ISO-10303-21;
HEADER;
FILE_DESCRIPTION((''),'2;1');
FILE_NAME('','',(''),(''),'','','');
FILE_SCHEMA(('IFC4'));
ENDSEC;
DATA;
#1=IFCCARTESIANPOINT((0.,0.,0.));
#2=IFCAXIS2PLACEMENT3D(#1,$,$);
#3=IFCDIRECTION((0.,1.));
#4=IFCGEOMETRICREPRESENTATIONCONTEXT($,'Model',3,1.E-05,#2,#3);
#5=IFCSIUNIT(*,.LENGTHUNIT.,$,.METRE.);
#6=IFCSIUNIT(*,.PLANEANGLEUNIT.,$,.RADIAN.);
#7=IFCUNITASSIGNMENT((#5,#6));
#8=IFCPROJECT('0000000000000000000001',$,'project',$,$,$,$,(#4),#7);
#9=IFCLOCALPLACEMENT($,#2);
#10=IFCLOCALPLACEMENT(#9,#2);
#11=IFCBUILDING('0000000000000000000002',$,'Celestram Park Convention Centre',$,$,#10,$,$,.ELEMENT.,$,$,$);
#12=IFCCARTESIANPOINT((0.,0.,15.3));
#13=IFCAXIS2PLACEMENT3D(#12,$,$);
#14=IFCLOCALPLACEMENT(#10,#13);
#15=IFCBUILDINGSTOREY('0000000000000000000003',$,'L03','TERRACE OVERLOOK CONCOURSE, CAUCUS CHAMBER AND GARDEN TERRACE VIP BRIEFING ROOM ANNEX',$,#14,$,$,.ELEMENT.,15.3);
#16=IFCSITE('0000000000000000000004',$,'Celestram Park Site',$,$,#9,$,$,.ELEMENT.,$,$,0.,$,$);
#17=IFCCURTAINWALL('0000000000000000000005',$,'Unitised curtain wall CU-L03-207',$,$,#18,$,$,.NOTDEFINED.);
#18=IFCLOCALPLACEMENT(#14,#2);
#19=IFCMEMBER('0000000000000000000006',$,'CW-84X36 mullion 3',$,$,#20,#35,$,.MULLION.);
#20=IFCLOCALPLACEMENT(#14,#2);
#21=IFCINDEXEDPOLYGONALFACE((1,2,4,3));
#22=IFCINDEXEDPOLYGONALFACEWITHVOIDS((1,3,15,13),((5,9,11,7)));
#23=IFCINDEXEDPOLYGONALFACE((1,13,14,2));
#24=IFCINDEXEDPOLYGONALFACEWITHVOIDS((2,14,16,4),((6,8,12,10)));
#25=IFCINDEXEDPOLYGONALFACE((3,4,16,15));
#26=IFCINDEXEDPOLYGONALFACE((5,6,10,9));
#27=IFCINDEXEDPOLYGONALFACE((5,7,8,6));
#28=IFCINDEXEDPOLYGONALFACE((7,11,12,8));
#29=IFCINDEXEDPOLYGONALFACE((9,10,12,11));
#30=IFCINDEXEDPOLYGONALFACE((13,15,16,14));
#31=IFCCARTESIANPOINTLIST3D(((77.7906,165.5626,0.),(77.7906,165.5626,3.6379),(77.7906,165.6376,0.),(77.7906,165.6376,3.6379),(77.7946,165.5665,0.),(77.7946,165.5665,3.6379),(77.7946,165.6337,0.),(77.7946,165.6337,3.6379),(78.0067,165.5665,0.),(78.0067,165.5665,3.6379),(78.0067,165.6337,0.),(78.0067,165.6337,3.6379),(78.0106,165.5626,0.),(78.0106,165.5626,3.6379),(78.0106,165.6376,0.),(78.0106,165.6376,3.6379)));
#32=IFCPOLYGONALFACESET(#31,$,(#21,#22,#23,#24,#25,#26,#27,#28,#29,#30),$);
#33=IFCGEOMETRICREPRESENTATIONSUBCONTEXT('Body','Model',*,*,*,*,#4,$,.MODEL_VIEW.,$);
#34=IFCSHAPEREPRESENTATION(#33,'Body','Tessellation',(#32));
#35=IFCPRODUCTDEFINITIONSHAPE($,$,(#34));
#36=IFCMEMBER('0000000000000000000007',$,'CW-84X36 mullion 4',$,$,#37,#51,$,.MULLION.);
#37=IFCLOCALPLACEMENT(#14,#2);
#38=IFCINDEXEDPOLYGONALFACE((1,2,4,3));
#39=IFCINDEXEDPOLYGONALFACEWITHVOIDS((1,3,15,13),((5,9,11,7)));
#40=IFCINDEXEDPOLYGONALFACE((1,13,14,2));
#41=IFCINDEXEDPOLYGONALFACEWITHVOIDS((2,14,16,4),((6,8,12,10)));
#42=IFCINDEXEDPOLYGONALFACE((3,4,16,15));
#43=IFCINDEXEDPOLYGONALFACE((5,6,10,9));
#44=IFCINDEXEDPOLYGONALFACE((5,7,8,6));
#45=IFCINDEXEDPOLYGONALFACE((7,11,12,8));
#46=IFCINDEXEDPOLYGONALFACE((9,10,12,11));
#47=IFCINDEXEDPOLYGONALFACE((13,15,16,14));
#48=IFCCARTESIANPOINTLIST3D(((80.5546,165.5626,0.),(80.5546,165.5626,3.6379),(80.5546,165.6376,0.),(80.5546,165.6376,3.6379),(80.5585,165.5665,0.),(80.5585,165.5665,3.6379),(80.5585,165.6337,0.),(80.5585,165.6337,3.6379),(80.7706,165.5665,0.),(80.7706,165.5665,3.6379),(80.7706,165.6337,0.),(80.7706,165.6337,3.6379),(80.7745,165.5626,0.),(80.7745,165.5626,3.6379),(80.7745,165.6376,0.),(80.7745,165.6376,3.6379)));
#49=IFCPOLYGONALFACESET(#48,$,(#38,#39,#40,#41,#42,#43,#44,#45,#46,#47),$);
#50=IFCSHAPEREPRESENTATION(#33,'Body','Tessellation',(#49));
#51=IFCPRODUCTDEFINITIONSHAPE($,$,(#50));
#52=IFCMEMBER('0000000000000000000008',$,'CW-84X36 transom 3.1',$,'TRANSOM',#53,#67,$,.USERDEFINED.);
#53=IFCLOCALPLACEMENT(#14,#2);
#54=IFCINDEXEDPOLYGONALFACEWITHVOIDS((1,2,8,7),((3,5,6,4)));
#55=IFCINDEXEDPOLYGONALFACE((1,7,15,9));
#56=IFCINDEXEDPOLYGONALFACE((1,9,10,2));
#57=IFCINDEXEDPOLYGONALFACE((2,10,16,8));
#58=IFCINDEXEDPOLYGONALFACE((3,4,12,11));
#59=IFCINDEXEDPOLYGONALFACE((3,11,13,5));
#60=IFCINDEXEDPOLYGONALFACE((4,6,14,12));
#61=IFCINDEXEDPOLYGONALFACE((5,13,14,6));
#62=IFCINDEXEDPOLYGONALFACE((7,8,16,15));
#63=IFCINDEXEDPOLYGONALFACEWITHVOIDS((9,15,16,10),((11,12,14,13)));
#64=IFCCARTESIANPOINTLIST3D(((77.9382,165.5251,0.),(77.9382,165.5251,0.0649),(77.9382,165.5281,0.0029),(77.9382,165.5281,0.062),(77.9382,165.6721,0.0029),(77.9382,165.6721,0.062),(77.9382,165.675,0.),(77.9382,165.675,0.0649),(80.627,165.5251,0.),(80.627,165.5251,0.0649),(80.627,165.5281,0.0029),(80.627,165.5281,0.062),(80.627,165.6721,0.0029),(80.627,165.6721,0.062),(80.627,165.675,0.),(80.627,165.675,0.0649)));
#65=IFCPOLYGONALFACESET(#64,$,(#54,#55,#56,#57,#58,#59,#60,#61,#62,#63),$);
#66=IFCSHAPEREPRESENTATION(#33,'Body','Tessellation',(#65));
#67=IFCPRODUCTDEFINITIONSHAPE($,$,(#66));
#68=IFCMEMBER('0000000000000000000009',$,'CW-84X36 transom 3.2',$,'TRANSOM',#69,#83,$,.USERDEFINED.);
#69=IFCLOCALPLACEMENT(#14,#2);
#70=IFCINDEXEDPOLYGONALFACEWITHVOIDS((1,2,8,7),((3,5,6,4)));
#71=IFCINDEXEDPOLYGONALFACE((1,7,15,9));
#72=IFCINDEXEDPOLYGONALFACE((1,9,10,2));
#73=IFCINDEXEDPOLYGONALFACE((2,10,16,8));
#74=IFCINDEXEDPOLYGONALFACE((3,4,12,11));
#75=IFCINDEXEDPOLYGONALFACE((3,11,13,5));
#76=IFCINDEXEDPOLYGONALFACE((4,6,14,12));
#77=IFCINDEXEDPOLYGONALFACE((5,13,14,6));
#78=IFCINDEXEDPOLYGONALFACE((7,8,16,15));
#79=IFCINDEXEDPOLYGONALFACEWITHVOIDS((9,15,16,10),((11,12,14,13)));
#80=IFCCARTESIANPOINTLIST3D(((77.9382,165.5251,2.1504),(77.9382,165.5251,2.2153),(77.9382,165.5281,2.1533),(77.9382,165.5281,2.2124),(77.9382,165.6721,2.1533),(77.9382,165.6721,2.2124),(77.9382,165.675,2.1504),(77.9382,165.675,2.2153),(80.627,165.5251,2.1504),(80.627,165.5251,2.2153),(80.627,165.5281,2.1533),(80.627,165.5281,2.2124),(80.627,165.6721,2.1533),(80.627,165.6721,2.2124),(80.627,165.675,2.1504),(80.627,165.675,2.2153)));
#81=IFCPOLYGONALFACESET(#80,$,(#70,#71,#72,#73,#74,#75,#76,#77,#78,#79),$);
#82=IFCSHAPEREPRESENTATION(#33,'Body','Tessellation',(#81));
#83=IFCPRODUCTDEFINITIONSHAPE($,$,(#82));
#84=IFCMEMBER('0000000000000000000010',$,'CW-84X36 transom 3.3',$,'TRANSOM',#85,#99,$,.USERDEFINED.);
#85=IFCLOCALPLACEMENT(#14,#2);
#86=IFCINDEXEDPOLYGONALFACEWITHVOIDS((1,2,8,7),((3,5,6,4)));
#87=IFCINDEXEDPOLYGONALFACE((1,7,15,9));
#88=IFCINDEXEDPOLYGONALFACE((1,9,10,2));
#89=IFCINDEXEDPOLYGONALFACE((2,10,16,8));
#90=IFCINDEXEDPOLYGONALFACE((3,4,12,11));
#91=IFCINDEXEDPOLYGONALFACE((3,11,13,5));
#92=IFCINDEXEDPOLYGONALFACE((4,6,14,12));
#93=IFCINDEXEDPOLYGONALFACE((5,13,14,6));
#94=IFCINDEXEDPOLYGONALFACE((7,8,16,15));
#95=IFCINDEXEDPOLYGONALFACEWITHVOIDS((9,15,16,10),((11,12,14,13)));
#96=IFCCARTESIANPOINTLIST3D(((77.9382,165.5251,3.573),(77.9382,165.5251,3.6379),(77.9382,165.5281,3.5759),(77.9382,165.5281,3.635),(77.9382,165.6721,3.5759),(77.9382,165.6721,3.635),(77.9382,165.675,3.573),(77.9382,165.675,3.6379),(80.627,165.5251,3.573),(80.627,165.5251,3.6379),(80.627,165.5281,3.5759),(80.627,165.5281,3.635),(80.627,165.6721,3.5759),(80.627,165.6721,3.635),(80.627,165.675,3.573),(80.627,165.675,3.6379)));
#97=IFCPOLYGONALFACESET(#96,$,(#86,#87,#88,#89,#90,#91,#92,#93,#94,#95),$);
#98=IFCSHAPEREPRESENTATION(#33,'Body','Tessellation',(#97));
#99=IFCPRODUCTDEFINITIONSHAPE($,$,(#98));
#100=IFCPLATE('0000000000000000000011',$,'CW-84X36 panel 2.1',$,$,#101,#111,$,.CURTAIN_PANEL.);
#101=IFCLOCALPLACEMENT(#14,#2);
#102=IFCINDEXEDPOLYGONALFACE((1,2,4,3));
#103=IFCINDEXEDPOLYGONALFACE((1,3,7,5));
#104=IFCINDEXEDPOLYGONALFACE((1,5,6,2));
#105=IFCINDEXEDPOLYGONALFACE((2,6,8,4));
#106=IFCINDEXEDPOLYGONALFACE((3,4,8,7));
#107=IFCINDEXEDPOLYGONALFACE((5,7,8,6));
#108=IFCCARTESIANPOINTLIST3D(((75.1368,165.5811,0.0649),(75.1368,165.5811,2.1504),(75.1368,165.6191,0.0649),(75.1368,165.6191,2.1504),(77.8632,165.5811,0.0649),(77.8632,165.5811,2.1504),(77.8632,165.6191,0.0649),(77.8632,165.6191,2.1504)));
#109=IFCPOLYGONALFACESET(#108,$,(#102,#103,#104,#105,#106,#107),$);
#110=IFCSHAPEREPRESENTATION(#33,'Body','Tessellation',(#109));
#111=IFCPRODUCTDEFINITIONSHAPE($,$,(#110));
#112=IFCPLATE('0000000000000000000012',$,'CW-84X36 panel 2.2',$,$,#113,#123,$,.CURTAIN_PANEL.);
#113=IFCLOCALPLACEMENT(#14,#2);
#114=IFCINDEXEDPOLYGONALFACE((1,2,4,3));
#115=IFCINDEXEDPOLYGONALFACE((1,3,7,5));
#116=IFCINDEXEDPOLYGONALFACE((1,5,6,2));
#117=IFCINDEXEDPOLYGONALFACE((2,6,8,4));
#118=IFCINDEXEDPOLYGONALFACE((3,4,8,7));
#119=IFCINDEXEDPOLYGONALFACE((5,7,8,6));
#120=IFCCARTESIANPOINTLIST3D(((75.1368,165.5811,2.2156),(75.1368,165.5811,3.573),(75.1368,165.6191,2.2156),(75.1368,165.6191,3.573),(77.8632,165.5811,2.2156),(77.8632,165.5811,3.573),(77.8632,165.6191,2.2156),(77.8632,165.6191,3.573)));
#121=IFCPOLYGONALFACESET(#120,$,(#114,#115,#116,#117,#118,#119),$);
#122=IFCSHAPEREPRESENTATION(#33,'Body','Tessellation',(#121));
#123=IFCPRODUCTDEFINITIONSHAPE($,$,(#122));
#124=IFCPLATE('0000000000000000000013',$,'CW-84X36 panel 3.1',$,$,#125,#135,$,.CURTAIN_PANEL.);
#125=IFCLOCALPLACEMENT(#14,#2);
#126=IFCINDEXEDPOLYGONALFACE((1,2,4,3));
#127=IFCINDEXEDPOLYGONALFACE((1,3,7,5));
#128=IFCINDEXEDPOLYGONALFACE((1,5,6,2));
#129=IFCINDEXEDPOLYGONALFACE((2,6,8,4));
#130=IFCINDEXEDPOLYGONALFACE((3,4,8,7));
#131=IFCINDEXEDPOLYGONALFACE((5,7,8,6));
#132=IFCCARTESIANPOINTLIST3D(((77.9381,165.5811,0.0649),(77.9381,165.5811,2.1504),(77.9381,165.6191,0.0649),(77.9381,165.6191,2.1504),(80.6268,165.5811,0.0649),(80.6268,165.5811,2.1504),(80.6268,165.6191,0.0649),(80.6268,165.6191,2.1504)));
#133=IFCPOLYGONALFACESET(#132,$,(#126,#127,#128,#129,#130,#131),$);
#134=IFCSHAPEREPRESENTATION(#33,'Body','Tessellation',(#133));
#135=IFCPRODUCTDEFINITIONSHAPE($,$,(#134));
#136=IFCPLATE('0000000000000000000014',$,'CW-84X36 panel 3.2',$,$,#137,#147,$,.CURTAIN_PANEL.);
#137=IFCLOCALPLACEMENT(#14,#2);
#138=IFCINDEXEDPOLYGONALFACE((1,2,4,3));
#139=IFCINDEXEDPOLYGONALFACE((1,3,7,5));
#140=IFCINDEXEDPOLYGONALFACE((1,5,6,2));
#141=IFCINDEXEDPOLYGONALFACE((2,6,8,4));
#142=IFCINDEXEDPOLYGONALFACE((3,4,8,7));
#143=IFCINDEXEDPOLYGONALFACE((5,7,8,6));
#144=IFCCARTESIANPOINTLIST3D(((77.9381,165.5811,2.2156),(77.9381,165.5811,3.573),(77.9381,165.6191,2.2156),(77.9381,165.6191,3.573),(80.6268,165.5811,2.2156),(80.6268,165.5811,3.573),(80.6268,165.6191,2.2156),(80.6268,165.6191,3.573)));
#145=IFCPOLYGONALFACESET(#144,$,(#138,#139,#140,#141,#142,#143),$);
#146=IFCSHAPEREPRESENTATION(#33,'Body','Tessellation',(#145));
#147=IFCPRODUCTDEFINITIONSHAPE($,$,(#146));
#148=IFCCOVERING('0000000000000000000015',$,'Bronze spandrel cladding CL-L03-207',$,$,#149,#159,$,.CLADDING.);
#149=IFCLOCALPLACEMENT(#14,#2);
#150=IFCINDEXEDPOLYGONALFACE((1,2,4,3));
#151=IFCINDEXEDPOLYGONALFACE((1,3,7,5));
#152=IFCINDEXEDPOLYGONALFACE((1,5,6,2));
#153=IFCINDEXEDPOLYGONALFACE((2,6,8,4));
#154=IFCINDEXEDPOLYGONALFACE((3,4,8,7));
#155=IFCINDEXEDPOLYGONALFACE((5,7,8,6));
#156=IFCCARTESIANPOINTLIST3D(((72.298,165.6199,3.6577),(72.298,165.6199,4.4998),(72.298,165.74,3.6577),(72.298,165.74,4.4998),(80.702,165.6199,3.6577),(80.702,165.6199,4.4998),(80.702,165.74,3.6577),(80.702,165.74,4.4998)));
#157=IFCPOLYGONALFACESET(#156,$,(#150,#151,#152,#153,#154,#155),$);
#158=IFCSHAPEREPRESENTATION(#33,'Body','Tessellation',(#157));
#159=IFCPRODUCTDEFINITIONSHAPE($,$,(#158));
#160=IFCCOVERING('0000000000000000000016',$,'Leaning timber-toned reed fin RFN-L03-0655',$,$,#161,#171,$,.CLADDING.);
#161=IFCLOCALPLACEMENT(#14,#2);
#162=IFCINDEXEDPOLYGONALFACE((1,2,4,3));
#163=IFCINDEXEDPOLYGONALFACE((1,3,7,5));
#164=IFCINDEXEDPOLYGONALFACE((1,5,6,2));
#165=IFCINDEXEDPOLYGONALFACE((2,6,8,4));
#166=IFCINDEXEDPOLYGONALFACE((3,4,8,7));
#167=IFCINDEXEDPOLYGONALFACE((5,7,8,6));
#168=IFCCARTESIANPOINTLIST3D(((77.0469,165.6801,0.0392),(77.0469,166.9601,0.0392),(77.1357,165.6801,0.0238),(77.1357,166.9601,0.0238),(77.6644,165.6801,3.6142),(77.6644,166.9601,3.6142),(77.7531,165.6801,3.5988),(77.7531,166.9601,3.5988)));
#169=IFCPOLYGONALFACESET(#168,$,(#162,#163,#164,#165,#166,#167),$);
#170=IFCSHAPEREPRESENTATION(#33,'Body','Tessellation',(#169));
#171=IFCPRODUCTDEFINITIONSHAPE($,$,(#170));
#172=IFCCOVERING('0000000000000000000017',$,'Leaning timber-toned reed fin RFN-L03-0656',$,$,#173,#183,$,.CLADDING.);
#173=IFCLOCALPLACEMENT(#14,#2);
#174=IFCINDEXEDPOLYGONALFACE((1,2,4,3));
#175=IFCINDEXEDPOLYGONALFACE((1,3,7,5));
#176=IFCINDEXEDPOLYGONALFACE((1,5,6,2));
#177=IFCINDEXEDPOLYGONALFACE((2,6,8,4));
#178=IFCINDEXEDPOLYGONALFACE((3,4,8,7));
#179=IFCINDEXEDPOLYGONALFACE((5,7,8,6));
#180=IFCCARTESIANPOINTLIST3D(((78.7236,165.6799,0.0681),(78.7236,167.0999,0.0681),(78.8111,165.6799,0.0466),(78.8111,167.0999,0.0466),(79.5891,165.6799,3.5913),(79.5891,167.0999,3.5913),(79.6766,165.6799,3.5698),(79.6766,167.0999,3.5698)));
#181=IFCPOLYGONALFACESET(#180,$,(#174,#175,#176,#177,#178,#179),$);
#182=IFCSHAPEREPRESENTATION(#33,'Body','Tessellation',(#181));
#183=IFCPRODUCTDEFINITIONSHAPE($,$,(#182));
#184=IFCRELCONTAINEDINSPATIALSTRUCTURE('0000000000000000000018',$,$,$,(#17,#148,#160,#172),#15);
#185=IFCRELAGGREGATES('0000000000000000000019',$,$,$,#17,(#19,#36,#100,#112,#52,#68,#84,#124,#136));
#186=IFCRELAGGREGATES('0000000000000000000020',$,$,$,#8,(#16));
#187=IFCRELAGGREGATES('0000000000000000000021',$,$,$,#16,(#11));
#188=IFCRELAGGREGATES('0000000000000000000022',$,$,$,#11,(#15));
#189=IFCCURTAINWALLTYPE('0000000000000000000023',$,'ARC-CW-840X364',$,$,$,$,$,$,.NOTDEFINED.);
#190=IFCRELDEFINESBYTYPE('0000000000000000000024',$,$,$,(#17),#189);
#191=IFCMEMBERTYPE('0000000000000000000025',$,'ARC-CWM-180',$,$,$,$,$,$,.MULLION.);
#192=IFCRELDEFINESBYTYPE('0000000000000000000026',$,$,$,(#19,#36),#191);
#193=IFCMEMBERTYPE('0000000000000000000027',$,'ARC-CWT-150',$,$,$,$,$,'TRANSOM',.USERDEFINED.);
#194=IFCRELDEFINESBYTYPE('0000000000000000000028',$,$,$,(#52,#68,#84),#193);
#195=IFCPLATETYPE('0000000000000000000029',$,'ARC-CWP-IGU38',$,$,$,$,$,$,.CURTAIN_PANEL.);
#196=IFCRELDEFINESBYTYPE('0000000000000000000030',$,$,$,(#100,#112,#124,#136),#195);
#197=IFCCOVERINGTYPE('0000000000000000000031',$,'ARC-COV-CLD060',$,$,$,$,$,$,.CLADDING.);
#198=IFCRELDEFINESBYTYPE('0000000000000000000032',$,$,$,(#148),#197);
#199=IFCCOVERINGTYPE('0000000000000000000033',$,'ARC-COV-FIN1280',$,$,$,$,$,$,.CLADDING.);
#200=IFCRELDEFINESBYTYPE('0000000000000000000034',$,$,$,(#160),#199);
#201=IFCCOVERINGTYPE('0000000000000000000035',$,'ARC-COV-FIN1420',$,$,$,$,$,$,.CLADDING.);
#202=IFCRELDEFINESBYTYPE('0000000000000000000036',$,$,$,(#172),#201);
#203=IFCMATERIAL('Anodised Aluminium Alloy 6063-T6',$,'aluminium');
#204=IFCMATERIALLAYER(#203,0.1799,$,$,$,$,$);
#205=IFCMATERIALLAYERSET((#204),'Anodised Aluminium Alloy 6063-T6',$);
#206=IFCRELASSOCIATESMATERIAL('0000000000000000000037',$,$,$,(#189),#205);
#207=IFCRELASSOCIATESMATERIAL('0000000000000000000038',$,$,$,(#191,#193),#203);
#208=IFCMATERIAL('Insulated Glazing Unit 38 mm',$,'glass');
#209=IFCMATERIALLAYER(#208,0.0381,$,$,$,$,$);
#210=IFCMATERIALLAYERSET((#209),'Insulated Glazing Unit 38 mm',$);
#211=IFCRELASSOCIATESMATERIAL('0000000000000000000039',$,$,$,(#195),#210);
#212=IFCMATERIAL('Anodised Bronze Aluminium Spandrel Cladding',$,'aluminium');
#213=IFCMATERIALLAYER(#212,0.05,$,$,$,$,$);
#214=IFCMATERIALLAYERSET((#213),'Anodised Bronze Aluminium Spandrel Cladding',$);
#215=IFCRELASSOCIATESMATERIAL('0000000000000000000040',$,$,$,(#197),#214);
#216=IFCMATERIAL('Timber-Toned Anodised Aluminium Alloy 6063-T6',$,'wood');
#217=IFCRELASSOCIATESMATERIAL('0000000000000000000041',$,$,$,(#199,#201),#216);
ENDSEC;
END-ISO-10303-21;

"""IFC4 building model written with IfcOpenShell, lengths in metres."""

from ifc_helpers import new_model, si_unit, direction, frame, origin, origin_2d, place, context, subcontext, project, spatial, rectangle, hollow_rectangle, extrude, material, layer, layer_set, material_profile, profile_set, type_object, element, aggregate, save


model = new_model("IFC4")

# Units and contexts
model_context = context("Model", 3, precision=1e-05, world=origin(), true_north=direction((0.0, 1.0)))
body_context = subcontext(model_context, "Body", "Model", "MODEL_VIEW")
ifc_project = project(units=[si_unit("LENGTHUNIT", "METRE"), si_unit("PLANEANGLEUNIT", "RADIAN")], contexts=[model_context])

# Site, building, storey
site_placement = place(None, origin())
site = spatial("IfcSite", under=ifc_project, at=site_placement, Name="Celestram Park Site", CompositionType="ELEMENT", RefElevation=0.0)
building_placement = place(site_placement, origin())
building = spatial("IfcBuilding", under=site, at=building_placement, Name="Celestram Park Convention Centre", CompositionType="ELEMENT")
storey_placement = place(building_placement, frame((0.0, 0.0, 15.3)))
storey = spatial("IfcBuildingStorey", under=building, at=storey_placement, Name="L03", Description="TERRACE OVERLOOK CONCOURSE, CAUCUS CHAMBER AND GARDEN TERRACE VIP BRIEFING ROOM ANNEX", CompositionType="ELEMENT", Elevation=15.3)

# Curtain wall, members, plates
ifc_material_1 = material(Name="Anodised Aluminium Alloy 6063-T6", Category="aluminium")
ifc_layer_1 = layer(ifc_material_1, 0.1799)
ifc_layer_set_1 = layer_set([ifc_layer_1], Name="Anodised Aluminium Alloy 6063-T6")
curtain_wall_type = type_object("IfcCurtainWallType", Name="ARC-CW-840X364", PredefinedType="NOTDEFINED", material=ifc_layer_set_1)
curtain_wall_placement = place(storey_placement, origin())
curtain_wall = element("IfcCurtainWall", 1, at=curtain_wall_placement, inside=storey, type_object=curtain_wall_type, Name="Unitised curtain wall CU-L03-207", PredefinedType="NOTDEFINED")
ifc_material_profile_1 = material_profile(ifc_material_1, hollow_rectangle(XDim=0.075, YDim=0.22, WallThickness=0.0039, at=origin_2d()), Name="ALU75X220X4")
ifc_profile_set_1 = profile_set([ifc_material_profile_1], Name="Anodised Aluminium Alloy 6063-T6")
member_type_1 = type_object("IfcMemberType", Name="ARC-CWM-180", PredefinedType="MULLION", material=ifc_profile_set_1)
member_1_placement = place(storey_placement, frame((77.9006, 165.6001, 0.0), z_axis=(0.0, 0.0, 1.0), x_axis=(0.0, 1.0, 0.0)))
member_1 = element("IfcMember", 2, at=member_1_placement, type_object=member_type_1, Name="CW-84X36 mullion 3", PredefinedType="MULLION", context=body_context, shape_type="SweptSolid", body=[
    extrude(hollow_rectangle(XDim=0.075, YDim=0.22, WallThickness=0.0039, at=origin_2d()), origin(), (0.0, 0.0, 1.0), 3.6379),
])
member_2_placement = place(storey_placement, frame((80.6646, 165.6001, 0.0), z_axis=(0.0, 0.0, 1.0), x_axis=(0.0, 1.0, 0.0)))
member_2 = element("IfcMember", 3, at=member_2_placement, type_object=member_type_1, Name="CW-84X36 mullion 4", PredefinedType="MULLION", context=body_context, shape_type="SweptSolid", body=[
    extrude(hollow_rectangle(XDim=0.075, YDim=0.22, WallThickness=0.0039, at=origin_2d()), origin(), (0.0, 0.0, 1.0), 3.6379),
])
ifc_material_profile_2 = material_profile(ifc_material_1, hollow_rectangle(XDim=0.1499, YDim=0.0649, WallThickness=0.0029, at=origin_2d()), Name="ALU150X65X3")
ifc_profile_set_2 = profile_set([ifc_material_profile_2], Name="Anodised Aluminium Alloy 6063-T6")
member_type_2 = type_object("IfcMemberType", Name="ARC-CWT-150", ElementType="TRANSOM", PredefinedType="USERDEFINED", material=ifc_profile_set_2)
member_3_placement = place(storey_placement, frame((77.9382, 165.6001, 0.0325), z_axis=(1.0, 0.0, 0.0), x_axis=(0.0, 1.0, 0.0)))
member_3 = element("IfcMember", 4, at=member_3_placement, type_object=member_type_2, Name="CW-84X36 transom 3.1", ObjectType="TRANSOM", PredefinedType="USERDEFINED", context=body_context, shape_type="SweptSolid", body=[
    extrude(hollow_rectangle(XDim=0.1499, YDim=0.0649, WallThickness=0.0029, at=origin_2d()), origin(), (0.0, 0.0, 1.0), 2.6887),
])
member_4_placement = place(storey_placement, frame((77.9382, 165.6001, 2.1829), z_axis=(1.0, 0.0, 0.0), x_axis=(0.0, 1.0, 0.0)))
member_4 = element("IfcMember", 5, at=member_4_placement, type_object=member_type_2, Name="CW-84X36 transom 3.2", ObjectType="TRANSOM", PredefinedType="USERDEFINED", context=body_context, shape_type="SweptSolid", body=[
    extrude(hollow_rectangle(XDim=0.1499, YDim=0.0649, WallThickness=0.0029, at=origin_2d()), origin(), (0.0, 0.0, 1.0), 2.6887),
])
member_5_placement = place(storey_placement, frame((77.9382, 165.6001, 3.6055), z_axis=(1.0, 0.0, 0.0), x_axis=(0.0, 1.0, 0.0)))
member_5 = element("IfcMember", 6, at=member_5_placement, type_object=member_type_2, Name="CW-84X36 transom 3.3", ObjectType="TRANSOM", PredefinedType="USERDEFINED", context=body_context, shape_type="SweptSolid", body=[
    extrude(hollow_rectangle(XDim=0.1499, YDim=0.0649, WallThickness=0.0029, at=origin_2d()), origin(), (0.0, 0.0, 1.0), 2.6887),
])
ifc_material_2 = material(Name="Insulated Glazing Unit 38 mm", Category="glass")
ifc_layer_2 = layer(ifc_material_2, 0.0381)
ifc_layer_set_2 = layer_set([ifc_layer_2], Name="Insulated Glazing Unit 38 mm")
plate_type = type_object("IfcPlateType", Name="ARC-CWP-IGU38", PredefinedType="CURTAIN_PANEL", material=ifc_layer_set_2)
plate_1_placement = place(storey_placement, frame((76.5, 165.6001, 0.0649), z_axis=(0.0, 0.0, 1.0), x_axis=(1.0, 0.0, 0.0)))
plate_1 = element("IfcPlate", 7, at=plate_1_placement, type_object=plate_type, Name="CW-84X36 panel 2.1", PredefinedType="CURTAIN_PANEL", context=body_context, shape_type="SweptSolid", body=[
    extrude(rectangle(XDim=2.7263, YDim=0.0381, at=origin_2d()), origin(), (0.0, 0.0, 1.0), 2.0854),
])
plate_2_placement = place(storey_placement, frame((76.5, 165.6001, 2.2156), z_axis=(0.0, 0.0, 1.0), x_axis=(1.0, 0.0, 0.0)))
plate_2 = element("IfcPlate", 8, at=plate_2_placement, type_object=plate_type, Name="CW-84X36 panel 2.2", PredefinedType="CURTAIN_PANEL", context=body_context, shape_type="SweptSolid", body=[
    extrude(rectangle(XDim=2.7263, YDim=0.0381, at=origin_2d()), origin(), (0.0, 0.0, 1.0), 1.3574),
])
plate_3_placement = place(storey_placement, frame((79.2825, 165.6001, 0.0649), z_axis=(0.0, 0.0, 1.0), x_axis=(1.0, 0.0, 0.0)))
plate_3 = element("IfcPlate", 9, at=plate_3_placement, type_object=plate_type, Name="CW-84X36 panel 3.1", PredefinedType="CURTAIN_PANEL", context=body_context, shape_type="SweptSolid", body=[
    extrude(rectangle(XDim=2.6887, YDim=0.0381, at=origin_2d()), origin(), (0.0, 0.0, 1.0), 2.0854),
])
plate_4_placement = place(storey_placement, frame((79.2825, 165.6001, 2.2156), z_axis=(0.0, 0.0, 1.0), x_axis=(1.0, 0.0, 0.0)))
plate_4 = element("IfcPlate", 10, at=plate_4_placement, type_object=plate_type, Name="CW-84X36 panel 3.2", PredefinedType="CURTAIN_PANEL", context=body_context, shape_type="SweptSolid", body=[
    extrude(rectangle(XDim=2.6887, YDim=0.0381, at=origin_2d()), origin(), (0.0, 0.0, 1.0), 1.3574),
])
aggregate(curtain_wall, [member_1, member_2, plate_1, plate_2, member_3, member_4, member_5, plate_3, plate_4])

# Coverings
ifc_material_3 = material(Name="Anodised Bronze Aluminium Spandrel Cladding", Category="aluminium")
ifc_layer_3 = layer(ifc_material_3, 0.05)
ifc_layer_set_3 = layer_set([ifc_layer_3], Name="Anodised Bronze Aluminium Spandrel Cladding")
covering_type_1 = type_object("IfcCoveringType", Name="ARC-COV-CLD060", PredefinedType="CLADDING", material=ifc_layer_set_3)
covering_1_placement = place(storey_placement, frame((76.5, 165.6799, 3.6577), z_axis=(0.0, 0.0, 1.0), x_axis=(1.0, 0.0, 0.0)))
element("IfcCovering", 11, at=covering_1_placement, inside=storey, type_object=covering_type_1, Name="Bronze spandrel cladding CL-L03-207", PredefinedType="CLADDING", context=body_context, shape_type="SweptSolid", body=[
    extrude(rectangle(XDim=8.4041, YDim=0.1201, at=origin_2d()), origin(), (0.0, 0.0, 1.0), 0.842),
])
ifc_material_4 = material(Name="Timber-Toned Anodised Aluminium Alloy 6063-T6", Category="wood")
ifc_material_profile_3 = material_profile(ifc_material_4, rectangle(XDim=1.28, YDim=0.0901, at=origin_2d()), Name="REED1280X90")
ifc_profile_set_3 = profile_set([ifc_material_profile_3], Name="Timber-Toned Anodised Aluminium Alloy 6063-T6")
covering_type_2 = type_object("IfcCoveringType", Name="ARC-COV-FIN1280", PredefinedType="CLADDING", material=ifc_profile_set_3)
covering_2_placement = place(storey_placement, frame((77.0913, 166.3201, 0.0315), z_axis=(0.170191, 0.0, 0.985411), x_axis=(0.0, 1.0, 0.0)))
element("IfcCovering", 12, at=covering_2_placement, inside=storey, type_object=covering_type_2, Name="Leaning timber-toned reed fin RFN-L03-0655", PredefinedType="CLADDING", context=body_context, shape_type="SweptSolid", body=[
    extrude(rectangle(XDim=1.28, YDim=0.0901, at=origin_2d()), origin(), (0.0, 0.0, 1.0), 3.6279),
])
ifc_material_profile_4 = material_profile(ifc_material_4, rectangle(XDim=1.4199, YDim=0.0901, at=origin_2d()), Name="REED1420X90")
ifc_profile_set_4 = profile_set([ifc_material_profile_4], Name="Timber-Toned Anodised Aluminium Alloy 6063-T6")
covering_type_3 = type_object("IfcCoveringType", Name="ARC-COV-FIN1420", PredefinedType="CLADDING", material=ifc_profile_set_4)
covering_3_placement = place(storey_placement, frame((78.7673, 166.3899, 0.0574), z_axis=(0.238559, 0.0, 0.971128), x_axis=(0.0, 1.0, 0.0)))
element("IfcCovering", 13, at=covering_3_placement, inside=storey, type_object=covering_type_3, Name="Leaning timber-toned reed fin RFN-L03-0656", PredefinedType="CLADDING", context=body_context, shape_type="SweptSolid", body=[
    extrude(rectangle(XDim=1.4199, YDim=0.0901, at=origin_2d()), origin(), (0.0, 0.0, 1.0), 3.6279),
])

save(model, "model.ifc")
